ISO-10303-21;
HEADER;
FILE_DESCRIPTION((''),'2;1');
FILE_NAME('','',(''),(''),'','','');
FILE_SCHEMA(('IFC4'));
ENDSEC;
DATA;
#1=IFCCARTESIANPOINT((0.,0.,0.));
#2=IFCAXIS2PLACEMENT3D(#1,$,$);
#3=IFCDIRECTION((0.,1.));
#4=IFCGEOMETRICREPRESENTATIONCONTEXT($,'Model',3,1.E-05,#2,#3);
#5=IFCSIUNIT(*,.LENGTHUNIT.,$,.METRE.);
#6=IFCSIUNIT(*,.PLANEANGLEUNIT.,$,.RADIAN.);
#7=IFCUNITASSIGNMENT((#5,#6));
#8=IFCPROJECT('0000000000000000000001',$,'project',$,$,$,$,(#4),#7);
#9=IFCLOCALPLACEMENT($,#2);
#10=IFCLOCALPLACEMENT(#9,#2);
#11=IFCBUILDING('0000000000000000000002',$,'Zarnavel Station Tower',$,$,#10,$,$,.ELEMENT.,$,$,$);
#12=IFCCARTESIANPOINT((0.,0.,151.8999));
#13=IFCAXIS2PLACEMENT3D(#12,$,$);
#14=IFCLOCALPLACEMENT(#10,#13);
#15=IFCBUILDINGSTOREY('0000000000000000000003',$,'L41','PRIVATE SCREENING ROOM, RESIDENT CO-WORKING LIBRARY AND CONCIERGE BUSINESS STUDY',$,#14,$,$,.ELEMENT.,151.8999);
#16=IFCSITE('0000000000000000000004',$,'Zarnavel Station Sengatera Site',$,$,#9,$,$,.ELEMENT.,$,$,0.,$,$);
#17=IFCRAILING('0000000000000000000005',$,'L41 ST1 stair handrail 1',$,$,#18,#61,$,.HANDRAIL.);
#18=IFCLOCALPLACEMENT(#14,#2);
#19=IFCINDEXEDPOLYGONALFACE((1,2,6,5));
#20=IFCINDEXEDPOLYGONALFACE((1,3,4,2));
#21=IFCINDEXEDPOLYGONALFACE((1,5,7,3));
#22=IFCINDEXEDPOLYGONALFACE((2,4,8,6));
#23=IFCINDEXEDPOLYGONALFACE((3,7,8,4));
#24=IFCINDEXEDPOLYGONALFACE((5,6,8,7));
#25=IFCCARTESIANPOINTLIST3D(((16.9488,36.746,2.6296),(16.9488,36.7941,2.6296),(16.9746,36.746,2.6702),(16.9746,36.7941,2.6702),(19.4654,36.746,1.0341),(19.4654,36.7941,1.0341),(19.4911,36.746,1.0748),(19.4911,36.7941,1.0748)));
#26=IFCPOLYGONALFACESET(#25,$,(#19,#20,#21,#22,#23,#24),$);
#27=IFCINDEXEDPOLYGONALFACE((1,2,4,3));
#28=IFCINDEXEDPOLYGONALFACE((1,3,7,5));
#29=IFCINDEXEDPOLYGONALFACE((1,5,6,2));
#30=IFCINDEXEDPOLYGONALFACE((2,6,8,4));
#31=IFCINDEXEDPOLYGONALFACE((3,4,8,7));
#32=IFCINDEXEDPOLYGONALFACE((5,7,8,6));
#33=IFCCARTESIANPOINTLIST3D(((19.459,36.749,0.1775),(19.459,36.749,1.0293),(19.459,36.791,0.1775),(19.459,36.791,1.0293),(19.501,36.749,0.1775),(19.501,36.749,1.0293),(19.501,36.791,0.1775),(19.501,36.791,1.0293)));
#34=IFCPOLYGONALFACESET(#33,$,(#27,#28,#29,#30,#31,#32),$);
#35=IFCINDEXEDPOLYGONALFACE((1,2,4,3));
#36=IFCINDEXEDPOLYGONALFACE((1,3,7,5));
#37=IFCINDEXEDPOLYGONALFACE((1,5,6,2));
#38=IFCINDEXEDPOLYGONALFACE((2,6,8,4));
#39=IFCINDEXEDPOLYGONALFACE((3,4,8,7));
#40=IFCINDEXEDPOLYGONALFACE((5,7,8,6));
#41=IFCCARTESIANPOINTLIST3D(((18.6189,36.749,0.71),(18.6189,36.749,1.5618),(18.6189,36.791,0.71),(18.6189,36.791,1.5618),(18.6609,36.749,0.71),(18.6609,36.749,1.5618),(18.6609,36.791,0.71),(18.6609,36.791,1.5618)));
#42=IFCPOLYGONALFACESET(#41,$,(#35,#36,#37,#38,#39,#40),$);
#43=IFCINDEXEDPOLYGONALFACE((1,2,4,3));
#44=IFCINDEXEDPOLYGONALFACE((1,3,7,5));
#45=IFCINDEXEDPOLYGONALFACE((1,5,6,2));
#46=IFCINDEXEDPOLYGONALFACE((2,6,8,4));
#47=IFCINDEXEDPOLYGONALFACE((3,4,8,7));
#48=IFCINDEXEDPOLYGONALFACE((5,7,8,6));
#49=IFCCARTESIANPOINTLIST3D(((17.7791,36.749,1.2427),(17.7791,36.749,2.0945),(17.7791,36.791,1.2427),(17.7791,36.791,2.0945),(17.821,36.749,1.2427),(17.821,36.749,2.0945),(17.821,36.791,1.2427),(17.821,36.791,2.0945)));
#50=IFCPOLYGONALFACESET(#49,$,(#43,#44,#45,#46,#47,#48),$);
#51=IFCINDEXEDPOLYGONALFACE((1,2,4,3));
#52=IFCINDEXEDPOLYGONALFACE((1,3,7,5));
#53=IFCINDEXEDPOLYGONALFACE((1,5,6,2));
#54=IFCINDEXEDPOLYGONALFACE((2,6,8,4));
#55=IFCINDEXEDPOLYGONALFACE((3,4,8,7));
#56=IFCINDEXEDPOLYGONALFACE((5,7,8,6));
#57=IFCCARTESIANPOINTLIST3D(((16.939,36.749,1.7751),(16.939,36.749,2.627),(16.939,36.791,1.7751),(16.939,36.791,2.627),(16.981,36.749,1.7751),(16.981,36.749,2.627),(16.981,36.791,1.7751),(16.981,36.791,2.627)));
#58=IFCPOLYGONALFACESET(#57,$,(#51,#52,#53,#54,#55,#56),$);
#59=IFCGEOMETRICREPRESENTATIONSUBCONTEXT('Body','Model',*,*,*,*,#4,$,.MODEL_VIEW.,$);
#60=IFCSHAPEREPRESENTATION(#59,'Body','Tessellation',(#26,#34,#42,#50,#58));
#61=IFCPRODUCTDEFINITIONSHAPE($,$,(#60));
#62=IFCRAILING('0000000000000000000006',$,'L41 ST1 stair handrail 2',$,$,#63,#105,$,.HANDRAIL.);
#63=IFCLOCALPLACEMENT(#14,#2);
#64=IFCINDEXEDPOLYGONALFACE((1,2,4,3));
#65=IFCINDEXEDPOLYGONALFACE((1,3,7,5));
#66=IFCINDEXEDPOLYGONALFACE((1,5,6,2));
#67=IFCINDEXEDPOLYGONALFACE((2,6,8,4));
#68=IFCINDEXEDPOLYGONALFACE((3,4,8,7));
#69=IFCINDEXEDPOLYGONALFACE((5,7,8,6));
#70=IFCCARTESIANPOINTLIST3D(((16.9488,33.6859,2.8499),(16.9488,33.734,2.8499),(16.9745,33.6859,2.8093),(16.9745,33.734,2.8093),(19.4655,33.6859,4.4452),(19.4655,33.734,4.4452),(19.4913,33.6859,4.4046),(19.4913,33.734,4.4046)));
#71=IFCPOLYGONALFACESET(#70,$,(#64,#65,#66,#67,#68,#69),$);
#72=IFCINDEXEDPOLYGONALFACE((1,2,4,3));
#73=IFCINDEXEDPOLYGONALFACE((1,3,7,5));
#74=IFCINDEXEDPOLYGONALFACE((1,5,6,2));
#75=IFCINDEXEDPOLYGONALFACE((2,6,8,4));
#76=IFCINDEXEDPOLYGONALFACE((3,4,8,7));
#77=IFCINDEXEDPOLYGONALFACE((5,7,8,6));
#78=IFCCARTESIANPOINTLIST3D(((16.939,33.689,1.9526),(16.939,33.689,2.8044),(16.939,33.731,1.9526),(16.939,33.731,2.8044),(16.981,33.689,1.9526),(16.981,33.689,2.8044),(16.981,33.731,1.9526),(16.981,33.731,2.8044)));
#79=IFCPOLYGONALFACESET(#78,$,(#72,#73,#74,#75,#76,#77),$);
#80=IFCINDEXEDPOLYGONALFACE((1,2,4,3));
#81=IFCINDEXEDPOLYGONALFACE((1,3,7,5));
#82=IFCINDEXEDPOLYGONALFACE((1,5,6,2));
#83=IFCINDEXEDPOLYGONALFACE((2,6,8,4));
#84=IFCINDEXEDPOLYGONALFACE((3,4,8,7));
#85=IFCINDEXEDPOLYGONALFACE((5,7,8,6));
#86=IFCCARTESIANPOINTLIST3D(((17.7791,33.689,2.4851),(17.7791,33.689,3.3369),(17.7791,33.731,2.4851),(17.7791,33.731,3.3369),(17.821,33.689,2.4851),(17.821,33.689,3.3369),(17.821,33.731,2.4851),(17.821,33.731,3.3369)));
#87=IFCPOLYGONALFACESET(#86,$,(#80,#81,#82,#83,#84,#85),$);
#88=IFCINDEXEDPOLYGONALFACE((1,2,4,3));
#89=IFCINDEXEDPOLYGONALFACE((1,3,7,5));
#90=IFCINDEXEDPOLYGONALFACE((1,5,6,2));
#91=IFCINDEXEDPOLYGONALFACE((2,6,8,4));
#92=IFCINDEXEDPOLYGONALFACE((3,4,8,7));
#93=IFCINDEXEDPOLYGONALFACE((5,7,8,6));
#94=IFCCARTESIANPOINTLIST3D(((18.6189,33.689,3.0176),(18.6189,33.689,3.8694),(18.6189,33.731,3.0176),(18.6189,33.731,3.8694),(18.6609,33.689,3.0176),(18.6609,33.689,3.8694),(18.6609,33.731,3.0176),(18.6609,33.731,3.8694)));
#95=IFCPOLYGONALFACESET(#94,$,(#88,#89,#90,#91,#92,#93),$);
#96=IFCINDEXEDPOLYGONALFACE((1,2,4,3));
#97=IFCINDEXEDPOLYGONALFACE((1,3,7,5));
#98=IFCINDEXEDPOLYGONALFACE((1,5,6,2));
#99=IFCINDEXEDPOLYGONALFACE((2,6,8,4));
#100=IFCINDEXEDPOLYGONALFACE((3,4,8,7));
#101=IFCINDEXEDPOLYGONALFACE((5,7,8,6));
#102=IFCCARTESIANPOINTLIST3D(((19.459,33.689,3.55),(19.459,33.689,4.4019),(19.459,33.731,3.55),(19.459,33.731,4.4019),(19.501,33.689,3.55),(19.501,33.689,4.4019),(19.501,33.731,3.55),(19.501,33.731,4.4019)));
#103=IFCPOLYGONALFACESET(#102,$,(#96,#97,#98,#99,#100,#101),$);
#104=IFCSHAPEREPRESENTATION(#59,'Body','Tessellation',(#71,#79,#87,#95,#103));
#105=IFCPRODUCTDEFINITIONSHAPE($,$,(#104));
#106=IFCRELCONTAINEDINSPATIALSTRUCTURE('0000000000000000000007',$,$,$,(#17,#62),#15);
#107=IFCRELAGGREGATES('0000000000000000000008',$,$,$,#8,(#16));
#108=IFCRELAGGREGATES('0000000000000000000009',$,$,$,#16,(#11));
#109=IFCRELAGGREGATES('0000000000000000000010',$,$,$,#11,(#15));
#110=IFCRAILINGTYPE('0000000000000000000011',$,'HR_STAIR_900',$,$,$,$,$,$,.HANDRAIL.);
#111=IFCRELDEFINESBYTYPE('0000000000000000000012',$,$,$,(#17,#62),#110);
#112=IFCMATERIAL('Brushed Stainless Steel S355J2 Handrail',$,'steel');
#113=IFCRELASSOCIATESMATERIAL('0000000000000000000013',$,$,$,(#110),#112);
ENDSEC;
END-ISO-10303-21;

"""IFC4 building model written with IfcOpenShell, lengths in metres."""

from ifc_helpers import new_model, si_unit, direction, frame, origin, origin_2d, place, context, subcontext, project, spatial, rectangle, extrude, material, type_object, element, save


model = new_model("IFC4")

# Units and contexts
model_context = context("Model", 3, precision=1e-05, world=origin(), true_north=direction((0.0, 1.0)))
body_context = subcontext(model_context, "Body", "Model", "MODEL_VIEW")
ifc_project = project(units=[si_unit("LENGTHUNIT", "METRE"), si_unit("PLANEANGLEUNIT", "RADIAN")], contexts=[model_context])

# Site, building, storey
site_placement = place(None, origin())
site = spatial("IfcSite", under=ifc_project, at=site_placement, Name="Zarnavel Station Sengatera Site", CompositionType="ELEMENT", RefElevation=0.0)
building_placement = place(site_placement, origin())
building = spatial("IfcBuilding", under=site, at=building_placement, Name="Zarnavel Station Tower", CompositionType="ELEMENT")
storey_placement = place(building_placement, frame((0.0, 0.0, 151.8999)))
storey = spatial("IfcBuildingStorey", under=building, at=storey_placement, Name="L41", Description="PRIVATE SCREENING ROOM, RESIDENT CO-WORKING LIBRARY AND CONCIERGE BUSINESS STUDY", CompositionType="ELEMENT", Elevation=151.8999)

# Railings
ifc_material_1 = material(Name="Brushed Stainless Steel S355J2 Handrail", Category="steel")
railing_type_1 = type_object("IfcRailingType", Name="HR_STAIR_900", PredefinedType="HANDRAIL", material=ifc_material_1)
railing_1_placement = place(storey_placement, frame((19.48, 36.77, 0.1775)))
element("IfcRailing", 1, at=railing_1_placement, inside=storey, type_object=railing_type_1, Name="L41 ST1 stair handrail 1", PredefinedType="HANDRAIL", context=body_context, shape_type="SweptSolid", body=[
    extrude(rectangle(XDim=0.0481, YDim=0.0481, at=origin_2d()), frame((-0.0017, 0.0, 0.877), z_axis=(-0.84457, 0.0, 0.535445), x_axis=(0.0, -1.0, 0.0)), (0.0, 0.0, 1.0), 2.9797),
    extrude(rectangle(XDim=0.042, YDim=0.042, at=origin_2d()), origin(), (0.0, 0.0, 1.0), 0.8518),
    extrude(rectangle(XDim=0.042, YDim=0.042, at=origin_2d()), frame((-0.8401, 0.0, 0.5325)), (0.0, 0.0, 1.0), 0.8518),
    extrude(rectangle(XDim=0.042, YDim=0.042, at=origin_2d()), frame((-1.6799, 0.0, 1.0652)), (0.0, 0.0, 1.0), 0.8518),
    extrude(rectangle(XDim=0.042, YDim=0.042, at=origin_2d()), frame((-2.52, 0.0, 1.5977)), (0.0, 0.0, 1.0), 0.8518),
])
railing_2_placement = place(storey_placement, frame((16.96, 33.71, 1.9526)))
element("IfcRailing", 2, at=railing_2_placement, inside=storey, type_object=railing_type_1, Name="L41 ST1 stair handrail 2", PredefinedType="HANDRAIL", context=body_context, shape_type="SweptSolid", body=[
    extrude(rectangle(XDim=0.0481, YDim=0.0481, at=origin_2d()), frame((0.0017, 0.0, 0.877), z_axis=(0.844607, 0.0, 0.535387), x_axis=(0.0, 1.0, 0.0)), (0.0, 0.0, 1.0), 2.9797),
    extrude(rectangle(XDim=0.042, YDim=0.042, at=origin_2d()), origin(), (0.0, 0.0, 1.0), 0.8518),
    extrude(rectangle(XDim=0.042, YDim=0.042, at=origin_2d()), frame((0.8401, 0.0, 0.5325)), (0.0, 0.0, 1.0), 0.8518),
    extrude(rectangle(XDim=0.042, YDim=0.042, at=origin_2d()), frame((1.6799, 0.0, 1.0649)), (0.0, 0.0, 1.0), 0.8518),
    extrude(rectangle(XDim=0.042, YDim=0.042, at=origin_2d()), frame((2.52, 0.0, 1.5974)), (0.0, 0.0, 1.0), 0.8518),
])

save(model, "model.ifc")
